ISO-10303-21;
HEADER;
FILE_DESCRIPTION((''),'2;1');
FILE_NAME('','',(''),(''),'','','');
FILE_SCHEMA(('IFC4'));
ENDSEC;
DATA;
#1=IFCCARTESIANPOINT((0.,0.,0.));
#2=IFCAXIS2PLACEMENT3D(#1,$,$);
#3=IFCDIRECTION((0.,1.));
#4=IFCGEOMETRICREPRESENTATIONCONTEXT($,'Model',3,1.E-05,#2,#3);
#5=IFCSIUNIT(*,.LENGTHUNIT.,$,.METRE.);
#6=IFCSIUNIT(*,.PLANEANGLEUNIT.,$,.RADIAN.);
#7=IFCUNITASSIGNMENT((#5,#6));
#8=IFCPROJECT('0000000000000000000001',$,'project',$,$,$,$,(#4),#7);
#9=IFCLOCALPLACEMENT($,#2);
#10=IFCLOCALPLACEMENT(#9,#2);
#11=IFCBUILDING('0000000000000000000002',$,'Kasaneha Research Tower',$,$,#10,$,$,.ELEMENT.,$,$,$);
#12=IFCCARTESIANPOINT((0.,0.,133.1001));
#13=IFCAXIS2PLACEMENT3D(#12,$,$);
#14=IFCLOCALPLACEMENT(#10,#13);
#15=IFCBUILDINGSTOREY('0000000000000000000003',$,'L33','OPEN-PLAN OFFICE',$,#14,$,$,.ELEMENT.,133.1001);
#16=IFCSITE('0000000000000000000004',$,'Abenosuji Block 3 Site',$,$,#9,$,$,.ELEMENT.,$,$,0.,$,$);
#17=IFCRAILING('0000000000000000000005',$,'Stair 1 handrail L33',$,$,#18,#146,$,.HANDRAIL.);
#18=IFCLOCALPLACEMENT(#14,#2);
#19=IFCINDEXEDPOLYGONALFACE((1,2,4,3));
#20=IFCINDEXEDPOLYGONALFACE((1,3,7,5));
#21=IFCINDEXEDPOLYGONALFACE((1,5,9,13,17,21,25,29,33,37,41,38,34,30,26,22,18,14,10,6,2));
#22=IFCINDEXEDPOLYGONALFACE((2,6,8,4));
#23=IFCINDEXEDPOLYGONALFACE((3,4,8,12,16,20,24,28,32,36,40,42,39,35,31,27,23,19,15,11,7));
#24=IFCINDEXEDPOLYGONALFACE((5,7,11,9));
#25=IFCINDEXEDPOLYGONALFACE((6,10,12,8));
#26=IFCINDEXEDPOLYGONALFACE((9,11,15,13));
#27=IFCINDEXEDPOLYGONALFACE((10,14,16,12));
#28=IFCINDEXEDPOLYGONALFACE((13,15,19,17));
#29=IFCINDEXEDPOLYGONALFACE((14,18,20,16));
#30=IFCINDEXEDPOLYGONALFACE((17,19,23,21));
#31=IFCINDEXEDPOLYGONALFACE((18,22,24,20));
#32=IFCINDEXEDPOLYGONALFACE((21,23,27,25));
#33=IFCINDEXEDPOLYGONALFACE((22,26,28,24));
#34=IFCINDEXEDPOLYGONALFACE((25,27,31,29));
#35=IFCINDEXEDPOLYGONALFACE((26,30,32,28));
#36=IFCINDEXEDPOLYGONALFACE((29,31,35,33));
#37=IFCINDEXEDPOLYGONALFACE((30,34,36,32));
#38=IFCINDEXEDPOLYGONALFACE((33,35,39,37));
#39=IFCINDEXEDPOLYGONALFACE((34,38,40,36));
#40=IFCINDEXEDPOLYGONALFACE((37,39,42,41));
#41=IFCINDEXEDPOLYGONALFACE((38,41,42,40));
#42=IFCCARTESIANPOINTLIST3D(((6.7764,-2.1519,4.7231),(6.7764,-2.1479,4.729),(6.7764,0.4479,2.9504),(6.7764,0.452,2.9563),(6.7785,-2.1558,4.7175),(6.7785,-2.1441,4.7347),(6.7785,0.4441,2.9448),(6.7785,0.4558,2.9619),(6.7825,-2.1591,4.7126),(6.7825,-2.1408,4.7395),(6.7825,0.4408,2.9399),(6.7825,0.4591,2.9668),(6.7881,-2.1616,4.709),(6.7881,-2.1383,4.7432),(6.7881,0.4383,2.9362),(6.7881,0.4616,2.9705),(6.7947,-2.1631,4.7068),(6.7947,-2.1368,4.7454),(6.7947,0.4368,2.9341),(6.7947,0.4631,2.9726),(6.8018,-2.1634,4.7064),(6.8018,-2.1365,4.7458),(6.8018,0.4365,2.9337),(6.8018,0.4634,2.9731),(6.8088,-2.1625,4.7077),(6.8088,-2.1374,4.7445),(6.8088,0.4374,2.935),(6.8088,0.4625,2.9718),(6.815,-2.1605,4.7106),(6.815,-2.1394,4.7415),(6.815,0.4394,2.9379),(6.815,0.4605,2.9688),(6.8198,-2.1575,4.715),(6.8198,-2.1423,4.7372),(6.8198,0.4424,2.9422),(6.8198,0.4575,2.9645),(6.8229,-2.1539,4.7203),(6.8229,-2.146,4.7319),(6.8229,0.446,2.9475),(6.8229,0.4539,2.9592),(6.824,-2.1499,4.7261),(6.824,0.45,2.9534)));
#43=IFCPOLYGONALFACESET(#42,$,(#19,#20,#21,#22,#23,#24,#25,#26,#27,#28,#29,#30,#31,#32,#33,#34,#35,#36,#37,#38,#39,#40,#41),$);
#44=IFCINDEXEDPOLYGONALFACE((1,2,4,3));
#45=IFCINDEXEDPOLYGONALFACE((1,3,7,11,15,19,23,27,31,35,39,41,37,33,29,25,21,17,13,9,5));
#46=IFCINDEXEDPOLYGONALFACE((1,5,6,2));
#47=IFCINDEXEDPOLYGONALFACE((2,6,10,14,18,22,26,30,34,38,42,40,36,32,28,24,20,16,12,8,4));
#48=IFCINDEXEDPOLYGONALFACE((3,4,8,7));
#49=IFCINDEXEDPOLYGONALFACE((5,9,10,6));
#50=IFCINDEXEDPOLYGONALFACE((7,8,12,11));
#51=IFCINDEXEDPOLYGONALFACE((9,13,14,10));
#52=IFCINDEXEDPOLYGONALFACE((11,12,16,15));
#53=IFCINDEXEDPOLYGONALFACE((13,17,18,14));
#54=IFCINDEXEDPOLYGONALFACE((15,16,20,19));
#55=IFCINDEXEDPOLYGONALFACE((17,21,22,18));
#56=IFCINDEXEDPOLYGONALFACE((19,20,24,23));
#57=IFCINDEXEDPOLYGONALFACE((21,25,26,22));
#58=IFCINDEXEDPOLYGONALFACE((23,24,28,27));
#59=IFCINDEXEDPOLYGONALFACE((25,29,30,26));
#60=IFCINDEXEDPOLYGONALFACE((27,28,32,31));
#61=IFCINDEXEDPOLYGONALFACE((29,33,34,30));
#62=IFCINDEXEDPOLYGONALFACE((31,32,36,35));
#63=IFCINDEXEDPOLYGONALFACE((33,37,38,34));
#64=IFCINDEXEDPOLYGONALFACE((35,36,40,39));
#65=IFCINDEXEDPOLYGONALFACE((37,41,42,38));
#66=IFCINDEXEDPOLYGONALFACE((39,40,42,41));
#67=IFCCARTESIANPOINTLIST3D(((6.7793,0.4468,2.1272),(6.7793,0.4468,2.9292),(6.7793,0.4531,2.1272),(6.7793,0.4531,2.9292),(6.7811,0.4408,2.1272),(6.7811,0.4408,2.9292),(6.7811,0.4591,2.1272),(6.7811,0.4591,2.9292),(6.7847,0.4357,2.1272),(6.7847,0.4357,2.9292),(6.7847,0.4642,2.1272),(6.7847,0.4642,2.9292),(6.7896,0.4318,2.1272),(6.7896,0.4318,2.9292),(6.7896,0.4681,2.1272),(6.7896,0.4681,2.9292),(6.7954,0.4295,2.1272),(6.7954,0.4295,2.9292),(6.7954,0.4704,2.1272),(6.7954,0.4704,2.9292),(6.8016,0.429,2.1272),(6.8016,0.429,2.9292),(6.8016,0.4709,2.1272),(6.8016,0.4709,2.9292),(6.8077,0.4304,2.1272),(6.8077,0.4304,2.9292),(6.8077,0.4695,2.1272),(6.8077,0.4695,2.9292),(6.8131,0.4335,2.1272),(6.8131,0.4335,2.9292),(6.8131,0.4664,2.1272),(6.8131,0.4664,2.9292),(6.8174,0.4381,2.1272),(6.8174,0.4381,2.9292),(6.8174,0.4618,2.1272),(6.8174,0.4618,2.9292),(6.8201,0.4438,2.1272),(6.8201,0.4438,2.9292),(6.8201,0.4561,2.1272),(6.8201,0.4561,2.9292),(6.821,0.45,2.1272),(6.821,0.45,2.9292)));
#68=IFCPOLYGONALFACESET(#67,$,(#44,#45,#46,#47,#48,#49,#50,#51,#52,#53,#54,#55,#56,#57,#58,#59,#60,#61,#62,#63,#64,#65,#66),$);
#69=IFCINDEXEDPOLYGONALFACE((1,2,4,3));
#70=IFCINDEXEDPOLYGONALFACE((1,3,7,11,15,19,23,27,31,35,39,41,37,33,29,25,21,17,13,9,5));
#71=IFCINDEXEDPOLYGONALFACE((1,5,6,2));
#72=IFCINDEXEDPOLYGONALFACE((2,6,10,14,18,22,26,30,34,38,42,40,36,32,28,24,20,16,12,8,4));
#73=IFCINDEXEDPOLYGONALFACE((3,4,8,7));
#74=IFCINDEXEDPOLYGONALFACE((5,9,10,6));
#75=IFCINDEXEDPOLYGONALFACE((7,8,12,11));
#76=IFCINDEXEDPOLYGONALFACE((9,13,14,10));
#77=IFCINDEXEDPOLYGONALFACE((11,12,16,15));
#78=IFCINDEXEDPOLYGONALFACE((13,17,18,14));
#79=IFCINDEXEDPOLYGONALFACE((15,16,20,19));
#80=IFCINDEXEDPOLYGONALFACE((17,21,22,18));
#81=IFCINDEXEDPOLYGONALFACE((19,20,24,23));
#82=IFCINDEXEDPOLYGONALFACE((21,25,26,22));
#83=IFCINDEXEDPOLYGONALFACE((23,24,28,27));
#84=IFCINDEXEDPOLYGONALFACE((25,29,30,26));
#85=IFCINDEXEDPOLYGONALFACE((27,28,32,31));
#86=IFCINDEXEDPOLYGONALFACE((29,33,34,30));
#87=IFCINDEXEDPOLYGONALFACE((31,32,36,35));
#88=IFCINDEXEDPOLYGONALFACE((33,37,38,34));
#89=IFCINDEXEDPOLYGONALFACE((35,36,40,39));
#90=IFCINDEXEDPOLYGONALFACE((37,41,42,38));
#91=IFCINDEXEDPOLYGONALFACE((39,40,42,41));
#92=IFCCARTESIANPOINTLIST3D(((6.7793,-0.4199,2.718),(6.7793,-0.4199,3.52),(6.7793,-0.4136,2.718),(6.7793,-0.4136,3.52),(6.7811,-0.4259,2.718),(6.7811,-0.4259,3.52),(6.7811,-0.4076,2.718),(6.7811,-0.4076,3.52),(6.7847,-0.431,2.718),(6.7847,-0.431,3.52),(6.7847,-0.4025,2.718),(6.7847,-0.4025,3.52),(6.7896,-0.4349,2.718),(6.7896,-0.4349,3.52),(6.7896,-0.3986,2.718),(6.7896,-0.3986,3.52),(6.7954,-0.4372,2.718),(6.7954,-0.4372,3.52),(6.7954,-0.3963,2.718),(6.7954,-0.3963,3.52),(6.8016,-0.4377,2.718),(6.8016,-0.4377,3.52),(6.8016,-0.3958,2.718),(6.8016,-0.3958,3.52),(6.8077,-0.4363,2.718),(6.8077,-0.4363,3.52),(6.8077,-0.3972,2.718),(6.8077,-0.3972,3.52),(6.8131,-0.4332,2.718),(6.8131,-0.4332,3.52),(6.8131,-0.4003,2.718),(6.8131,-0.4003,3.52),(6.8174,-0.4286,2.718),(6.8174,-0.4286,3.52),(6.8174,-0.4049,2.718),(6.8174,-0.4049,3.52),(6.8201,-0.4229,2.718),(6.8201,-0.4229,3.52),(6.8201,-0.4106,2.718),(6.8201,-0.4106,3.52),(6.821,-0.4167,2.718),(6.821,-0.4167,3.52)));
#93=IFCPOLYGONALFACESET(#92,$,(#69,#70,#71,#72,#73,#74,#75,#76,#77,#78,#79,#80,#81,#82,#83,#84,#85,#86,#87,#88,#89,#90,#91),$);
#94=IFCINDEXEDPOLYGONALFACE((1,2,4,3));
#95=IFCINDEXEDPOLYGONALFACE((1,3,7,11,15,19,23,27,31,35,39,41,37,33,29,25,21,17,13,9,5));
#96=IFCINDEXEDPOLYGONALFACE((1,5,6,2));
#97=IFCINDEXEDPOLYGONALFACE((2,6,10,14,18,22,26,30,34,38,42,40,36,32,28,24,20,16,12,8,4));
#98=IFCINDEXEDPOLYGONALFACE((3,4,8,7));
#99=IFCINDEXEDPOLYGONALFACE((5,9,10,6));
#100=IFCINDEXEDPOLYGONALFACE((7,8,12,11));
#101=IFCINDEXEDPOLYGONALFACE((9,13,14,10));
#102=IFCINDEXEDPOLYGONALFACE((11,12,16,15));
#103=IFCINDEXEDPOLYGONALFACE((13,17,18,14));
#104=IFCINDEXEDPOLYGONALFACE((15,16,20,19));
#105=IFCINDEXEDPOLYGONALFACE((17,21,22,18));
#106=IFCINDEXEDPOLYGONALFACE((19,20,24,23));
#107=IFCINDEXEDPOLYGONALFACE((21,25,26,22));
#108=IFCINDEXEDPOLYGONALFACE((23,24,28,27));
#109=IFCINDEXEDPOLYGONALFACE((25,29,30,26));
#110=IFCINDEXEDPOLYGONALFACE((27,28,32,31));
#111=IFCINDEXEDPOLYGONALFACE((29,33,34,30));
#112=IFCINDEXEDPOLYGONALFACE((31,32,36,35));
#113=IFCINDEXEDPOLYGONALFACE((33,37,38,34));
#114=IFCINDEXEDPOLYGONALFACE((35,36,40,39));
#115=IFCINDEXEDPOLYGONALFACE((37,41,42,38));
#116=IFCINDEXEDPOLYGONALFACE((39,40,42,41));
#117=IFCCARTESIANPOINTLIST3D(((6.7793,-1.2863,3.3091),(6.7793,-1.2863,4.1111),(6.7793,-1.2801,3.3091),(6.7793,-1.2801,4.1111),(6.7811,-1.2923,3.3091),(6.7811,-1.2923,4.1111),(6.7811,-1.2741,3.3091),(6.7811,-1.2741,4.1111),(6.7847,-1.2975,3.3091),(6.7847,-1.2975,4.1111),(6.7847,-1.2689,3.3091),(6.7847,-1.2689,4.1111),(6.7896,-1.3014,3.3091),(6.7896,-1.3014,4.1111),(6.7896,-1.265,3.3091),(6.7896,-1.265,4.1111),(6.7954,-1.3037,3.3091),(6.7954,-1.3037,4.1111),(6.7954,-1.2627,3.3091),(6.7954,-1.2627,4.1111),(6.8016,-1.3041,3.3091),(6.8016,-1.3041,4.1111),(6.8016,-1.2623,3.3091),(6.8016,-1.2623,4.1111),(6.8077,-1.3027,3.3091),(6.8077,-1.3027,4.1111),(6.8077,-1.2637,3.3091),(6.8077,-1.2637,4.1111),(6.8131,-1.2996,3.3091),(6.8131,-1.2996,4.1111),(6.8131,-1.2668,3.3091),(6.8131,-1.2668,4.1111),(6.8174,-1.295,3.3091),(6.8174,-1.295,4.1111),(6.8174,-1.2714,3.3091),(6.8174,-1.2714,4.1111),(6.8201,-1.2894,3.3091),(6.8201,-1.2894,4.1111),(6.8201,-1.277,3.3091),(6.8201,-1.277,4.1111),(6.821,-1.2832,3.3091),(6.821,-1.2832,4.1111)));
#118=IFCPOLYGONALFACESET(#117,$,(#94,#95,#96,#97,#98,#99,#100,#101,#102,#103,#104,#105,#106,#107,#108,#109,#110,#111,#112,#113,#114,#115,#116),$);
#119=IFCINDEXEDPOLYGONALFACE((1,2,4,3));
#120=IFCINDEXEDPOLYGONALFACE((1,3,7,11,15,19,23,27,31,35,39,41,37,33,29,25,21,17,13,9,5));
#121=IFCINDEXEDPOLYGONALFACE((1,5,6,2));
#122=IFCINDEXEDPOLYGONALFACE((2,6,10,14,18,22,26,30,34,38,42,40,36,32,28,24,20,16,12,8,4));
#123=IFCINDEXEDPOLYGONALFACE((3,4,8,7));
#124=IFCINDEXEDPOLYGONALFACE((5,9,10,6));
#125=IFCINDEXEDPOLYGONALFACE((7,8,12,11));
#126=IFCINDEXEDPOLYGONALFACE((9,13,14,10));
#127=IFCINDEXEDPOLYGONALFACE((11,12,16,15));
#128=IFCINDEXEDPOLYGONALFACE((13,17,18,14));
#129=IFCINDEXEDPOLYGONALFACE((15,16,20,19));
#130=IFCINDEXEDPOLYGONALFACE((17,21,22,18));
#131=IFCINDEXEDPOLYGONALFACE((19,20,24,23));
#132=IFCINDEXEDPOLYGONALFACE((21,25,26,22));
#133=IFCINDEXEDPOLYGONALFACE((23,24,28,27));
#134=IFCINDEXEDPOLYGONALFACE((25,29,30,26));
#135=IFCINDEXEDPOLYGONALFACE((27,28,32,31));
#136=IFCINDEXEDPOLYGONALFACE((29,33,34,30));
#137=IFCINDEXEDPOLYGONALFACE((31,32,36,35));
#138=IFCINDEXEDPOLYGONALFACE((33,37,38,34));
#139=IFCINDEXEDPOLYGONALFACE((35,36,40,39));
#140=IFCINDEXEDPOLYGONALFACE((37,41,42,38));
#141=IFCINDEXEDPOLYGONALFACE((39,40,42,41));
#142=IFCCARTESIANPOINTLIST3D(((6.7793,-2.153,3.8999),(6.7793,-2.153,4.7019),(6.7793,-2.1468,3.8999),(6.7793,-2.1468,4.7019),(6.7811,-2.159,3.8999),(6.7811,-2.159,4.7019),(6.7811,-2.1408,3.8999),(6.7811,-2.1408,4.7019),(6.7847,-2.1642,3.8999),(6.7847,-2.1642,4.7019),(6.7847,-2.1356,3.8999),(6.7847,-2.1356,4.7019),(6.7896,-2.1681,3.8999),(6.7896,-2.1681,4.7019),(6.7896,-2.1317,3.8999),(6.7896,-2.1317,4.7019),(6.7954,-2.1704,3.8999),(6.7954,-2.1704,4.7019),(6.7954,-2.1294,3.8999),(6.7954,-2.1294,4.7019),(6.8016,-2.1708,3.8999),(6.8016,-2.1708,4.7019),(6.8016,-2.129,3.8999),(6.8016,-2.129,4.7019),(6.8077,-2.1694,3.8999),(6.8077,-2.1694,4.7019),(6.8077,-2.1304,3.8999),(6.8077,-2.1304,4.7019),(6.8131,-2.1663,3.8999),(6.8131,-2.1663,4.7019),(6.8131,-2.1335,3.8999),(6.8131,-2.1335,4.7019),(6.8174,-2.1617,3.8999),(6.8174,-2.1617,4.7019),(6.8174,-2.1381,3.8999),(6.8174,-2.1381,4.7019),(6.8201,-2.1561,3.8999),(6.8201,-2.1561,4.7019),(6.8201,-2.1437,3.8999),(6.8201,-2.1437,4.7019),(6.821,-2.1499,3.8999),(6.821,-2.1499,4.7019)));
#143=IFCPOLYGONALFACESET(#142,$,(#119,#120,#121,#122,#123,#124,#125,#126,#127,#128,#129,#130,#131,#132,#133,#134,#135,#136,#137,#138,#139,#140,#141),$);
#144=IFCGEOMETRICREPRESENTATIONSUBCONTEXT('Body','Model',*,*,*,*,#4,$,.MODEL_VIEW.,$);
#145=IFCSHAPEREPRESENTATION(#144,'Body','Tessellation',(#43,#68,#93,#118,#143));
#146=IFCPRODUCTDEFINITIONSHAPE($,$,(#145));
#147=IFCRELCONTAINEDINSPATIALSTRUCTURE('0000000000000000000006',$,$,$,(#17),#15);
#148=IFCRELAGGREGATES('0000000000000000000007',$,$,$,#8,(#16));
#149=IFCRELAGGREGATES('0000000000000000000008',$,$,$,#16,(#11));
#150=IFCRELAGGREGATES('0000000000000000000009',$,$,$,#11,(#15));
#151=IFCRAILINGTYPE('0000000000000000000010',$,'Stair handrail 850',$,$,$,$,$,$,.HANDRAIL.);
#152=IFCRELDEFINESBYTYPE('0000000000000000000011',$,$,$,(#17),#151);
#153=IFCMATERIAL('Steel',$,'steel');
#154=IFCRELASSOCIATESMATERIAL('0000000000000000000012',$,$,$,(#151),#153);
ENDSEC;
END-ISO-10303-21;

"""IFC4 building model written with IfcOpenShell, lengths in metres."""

from ifc_helpers import new_model, si_unit, direction, frame, origin, origin_2d, place, context, subcontext, project, spatial, circle, extrude, material, type_object, element, save


model = new_model("IFC4")

# Units and contexts
model_context = context("Model", 3, precision=1e-05, world=origin(), true_north=direction((0.0, 1.0)))
body_context = subcontext(model_context, "Body", "Model", "MODEL_VIEW")
ifc_project = project(units=[si_unit("LENGTHUNIT", "METRE"), si_unit("PLANEANGLEUNIT", "RADIAN")], contexts=[model_context])

# Site, building, storey
site_placement = place(None, origin())
site = spatial("IfcSite", under=ifc_project, at=site_placement, Name="Abenosuji Block 3 Site", CompositionType="ELEMENT", RefElevation=0.0)
building_placement = place(site_placement, origin())
building = spatial("IfcBuilding", under=site, at=building_placement, Name="Kasaneha Research Tower", CompositionType="ELEMENT")
storey_placement = place(building_placement, frame((0.0, 0.0, 133.1001)))
storey = spatial("IfcBuildingStorey", under=building, at=storey_placement, Name="L33", Description="OPEN-PLAN OFFICE", CompositionType="ELEMENT", Elevation=133.1001)

# Railing
ifc_material_1 = material(Name="Steel", Category="steel")
railing_type = type_object("IfcRailingType", Name="Stair handrail 850", PredefinedType="HANDRAIL", material=ifc_material_1)
railing_placement = place(storey_placement, frame((6.8, 0.45, 2.1272)))
element("IfcRailing", 1, at=railing_placement, inside=storey, type_object=railing_type, Name="Stair 1 handrail L33", PredefinedType="HANDRAIL", context=body_context, shape_type="SweptSolid", body=[
    extrude(circle(Radius=0.0239, at=origin_2d()), frame((0.0, 0.0, 0.8262), z_axis=(0.0, -0.826216, 0.563354), x_axis=(1.0, 0.0, 0.0)), (0.0, 0.0, 1.0), 3.1467),
    extrude(circle(Radius=0.021, at=origin_2d()), origin(), (0.0, 0.0, 1.0), 0.802),
    extrude(circle(Radius=0.021, at=origin_2d()), frame((0.0, -0.8667, 0.5908)), (0.0, 0.0, 1.0), 0.802),
    extrude(circle(Radius=0.021, at=origin_2d()), frame((0.0, -1.7332, 1.1819)), (0.0, 0.0, 1.0), 0.802),
    extrude(circle(Radius=0.021, at=origin_2d()), frame((0.0, -2.5999, 1.7727)), (0.0, 0.0, 1.0), 0.802),
])

save(model, "model.ifc")
